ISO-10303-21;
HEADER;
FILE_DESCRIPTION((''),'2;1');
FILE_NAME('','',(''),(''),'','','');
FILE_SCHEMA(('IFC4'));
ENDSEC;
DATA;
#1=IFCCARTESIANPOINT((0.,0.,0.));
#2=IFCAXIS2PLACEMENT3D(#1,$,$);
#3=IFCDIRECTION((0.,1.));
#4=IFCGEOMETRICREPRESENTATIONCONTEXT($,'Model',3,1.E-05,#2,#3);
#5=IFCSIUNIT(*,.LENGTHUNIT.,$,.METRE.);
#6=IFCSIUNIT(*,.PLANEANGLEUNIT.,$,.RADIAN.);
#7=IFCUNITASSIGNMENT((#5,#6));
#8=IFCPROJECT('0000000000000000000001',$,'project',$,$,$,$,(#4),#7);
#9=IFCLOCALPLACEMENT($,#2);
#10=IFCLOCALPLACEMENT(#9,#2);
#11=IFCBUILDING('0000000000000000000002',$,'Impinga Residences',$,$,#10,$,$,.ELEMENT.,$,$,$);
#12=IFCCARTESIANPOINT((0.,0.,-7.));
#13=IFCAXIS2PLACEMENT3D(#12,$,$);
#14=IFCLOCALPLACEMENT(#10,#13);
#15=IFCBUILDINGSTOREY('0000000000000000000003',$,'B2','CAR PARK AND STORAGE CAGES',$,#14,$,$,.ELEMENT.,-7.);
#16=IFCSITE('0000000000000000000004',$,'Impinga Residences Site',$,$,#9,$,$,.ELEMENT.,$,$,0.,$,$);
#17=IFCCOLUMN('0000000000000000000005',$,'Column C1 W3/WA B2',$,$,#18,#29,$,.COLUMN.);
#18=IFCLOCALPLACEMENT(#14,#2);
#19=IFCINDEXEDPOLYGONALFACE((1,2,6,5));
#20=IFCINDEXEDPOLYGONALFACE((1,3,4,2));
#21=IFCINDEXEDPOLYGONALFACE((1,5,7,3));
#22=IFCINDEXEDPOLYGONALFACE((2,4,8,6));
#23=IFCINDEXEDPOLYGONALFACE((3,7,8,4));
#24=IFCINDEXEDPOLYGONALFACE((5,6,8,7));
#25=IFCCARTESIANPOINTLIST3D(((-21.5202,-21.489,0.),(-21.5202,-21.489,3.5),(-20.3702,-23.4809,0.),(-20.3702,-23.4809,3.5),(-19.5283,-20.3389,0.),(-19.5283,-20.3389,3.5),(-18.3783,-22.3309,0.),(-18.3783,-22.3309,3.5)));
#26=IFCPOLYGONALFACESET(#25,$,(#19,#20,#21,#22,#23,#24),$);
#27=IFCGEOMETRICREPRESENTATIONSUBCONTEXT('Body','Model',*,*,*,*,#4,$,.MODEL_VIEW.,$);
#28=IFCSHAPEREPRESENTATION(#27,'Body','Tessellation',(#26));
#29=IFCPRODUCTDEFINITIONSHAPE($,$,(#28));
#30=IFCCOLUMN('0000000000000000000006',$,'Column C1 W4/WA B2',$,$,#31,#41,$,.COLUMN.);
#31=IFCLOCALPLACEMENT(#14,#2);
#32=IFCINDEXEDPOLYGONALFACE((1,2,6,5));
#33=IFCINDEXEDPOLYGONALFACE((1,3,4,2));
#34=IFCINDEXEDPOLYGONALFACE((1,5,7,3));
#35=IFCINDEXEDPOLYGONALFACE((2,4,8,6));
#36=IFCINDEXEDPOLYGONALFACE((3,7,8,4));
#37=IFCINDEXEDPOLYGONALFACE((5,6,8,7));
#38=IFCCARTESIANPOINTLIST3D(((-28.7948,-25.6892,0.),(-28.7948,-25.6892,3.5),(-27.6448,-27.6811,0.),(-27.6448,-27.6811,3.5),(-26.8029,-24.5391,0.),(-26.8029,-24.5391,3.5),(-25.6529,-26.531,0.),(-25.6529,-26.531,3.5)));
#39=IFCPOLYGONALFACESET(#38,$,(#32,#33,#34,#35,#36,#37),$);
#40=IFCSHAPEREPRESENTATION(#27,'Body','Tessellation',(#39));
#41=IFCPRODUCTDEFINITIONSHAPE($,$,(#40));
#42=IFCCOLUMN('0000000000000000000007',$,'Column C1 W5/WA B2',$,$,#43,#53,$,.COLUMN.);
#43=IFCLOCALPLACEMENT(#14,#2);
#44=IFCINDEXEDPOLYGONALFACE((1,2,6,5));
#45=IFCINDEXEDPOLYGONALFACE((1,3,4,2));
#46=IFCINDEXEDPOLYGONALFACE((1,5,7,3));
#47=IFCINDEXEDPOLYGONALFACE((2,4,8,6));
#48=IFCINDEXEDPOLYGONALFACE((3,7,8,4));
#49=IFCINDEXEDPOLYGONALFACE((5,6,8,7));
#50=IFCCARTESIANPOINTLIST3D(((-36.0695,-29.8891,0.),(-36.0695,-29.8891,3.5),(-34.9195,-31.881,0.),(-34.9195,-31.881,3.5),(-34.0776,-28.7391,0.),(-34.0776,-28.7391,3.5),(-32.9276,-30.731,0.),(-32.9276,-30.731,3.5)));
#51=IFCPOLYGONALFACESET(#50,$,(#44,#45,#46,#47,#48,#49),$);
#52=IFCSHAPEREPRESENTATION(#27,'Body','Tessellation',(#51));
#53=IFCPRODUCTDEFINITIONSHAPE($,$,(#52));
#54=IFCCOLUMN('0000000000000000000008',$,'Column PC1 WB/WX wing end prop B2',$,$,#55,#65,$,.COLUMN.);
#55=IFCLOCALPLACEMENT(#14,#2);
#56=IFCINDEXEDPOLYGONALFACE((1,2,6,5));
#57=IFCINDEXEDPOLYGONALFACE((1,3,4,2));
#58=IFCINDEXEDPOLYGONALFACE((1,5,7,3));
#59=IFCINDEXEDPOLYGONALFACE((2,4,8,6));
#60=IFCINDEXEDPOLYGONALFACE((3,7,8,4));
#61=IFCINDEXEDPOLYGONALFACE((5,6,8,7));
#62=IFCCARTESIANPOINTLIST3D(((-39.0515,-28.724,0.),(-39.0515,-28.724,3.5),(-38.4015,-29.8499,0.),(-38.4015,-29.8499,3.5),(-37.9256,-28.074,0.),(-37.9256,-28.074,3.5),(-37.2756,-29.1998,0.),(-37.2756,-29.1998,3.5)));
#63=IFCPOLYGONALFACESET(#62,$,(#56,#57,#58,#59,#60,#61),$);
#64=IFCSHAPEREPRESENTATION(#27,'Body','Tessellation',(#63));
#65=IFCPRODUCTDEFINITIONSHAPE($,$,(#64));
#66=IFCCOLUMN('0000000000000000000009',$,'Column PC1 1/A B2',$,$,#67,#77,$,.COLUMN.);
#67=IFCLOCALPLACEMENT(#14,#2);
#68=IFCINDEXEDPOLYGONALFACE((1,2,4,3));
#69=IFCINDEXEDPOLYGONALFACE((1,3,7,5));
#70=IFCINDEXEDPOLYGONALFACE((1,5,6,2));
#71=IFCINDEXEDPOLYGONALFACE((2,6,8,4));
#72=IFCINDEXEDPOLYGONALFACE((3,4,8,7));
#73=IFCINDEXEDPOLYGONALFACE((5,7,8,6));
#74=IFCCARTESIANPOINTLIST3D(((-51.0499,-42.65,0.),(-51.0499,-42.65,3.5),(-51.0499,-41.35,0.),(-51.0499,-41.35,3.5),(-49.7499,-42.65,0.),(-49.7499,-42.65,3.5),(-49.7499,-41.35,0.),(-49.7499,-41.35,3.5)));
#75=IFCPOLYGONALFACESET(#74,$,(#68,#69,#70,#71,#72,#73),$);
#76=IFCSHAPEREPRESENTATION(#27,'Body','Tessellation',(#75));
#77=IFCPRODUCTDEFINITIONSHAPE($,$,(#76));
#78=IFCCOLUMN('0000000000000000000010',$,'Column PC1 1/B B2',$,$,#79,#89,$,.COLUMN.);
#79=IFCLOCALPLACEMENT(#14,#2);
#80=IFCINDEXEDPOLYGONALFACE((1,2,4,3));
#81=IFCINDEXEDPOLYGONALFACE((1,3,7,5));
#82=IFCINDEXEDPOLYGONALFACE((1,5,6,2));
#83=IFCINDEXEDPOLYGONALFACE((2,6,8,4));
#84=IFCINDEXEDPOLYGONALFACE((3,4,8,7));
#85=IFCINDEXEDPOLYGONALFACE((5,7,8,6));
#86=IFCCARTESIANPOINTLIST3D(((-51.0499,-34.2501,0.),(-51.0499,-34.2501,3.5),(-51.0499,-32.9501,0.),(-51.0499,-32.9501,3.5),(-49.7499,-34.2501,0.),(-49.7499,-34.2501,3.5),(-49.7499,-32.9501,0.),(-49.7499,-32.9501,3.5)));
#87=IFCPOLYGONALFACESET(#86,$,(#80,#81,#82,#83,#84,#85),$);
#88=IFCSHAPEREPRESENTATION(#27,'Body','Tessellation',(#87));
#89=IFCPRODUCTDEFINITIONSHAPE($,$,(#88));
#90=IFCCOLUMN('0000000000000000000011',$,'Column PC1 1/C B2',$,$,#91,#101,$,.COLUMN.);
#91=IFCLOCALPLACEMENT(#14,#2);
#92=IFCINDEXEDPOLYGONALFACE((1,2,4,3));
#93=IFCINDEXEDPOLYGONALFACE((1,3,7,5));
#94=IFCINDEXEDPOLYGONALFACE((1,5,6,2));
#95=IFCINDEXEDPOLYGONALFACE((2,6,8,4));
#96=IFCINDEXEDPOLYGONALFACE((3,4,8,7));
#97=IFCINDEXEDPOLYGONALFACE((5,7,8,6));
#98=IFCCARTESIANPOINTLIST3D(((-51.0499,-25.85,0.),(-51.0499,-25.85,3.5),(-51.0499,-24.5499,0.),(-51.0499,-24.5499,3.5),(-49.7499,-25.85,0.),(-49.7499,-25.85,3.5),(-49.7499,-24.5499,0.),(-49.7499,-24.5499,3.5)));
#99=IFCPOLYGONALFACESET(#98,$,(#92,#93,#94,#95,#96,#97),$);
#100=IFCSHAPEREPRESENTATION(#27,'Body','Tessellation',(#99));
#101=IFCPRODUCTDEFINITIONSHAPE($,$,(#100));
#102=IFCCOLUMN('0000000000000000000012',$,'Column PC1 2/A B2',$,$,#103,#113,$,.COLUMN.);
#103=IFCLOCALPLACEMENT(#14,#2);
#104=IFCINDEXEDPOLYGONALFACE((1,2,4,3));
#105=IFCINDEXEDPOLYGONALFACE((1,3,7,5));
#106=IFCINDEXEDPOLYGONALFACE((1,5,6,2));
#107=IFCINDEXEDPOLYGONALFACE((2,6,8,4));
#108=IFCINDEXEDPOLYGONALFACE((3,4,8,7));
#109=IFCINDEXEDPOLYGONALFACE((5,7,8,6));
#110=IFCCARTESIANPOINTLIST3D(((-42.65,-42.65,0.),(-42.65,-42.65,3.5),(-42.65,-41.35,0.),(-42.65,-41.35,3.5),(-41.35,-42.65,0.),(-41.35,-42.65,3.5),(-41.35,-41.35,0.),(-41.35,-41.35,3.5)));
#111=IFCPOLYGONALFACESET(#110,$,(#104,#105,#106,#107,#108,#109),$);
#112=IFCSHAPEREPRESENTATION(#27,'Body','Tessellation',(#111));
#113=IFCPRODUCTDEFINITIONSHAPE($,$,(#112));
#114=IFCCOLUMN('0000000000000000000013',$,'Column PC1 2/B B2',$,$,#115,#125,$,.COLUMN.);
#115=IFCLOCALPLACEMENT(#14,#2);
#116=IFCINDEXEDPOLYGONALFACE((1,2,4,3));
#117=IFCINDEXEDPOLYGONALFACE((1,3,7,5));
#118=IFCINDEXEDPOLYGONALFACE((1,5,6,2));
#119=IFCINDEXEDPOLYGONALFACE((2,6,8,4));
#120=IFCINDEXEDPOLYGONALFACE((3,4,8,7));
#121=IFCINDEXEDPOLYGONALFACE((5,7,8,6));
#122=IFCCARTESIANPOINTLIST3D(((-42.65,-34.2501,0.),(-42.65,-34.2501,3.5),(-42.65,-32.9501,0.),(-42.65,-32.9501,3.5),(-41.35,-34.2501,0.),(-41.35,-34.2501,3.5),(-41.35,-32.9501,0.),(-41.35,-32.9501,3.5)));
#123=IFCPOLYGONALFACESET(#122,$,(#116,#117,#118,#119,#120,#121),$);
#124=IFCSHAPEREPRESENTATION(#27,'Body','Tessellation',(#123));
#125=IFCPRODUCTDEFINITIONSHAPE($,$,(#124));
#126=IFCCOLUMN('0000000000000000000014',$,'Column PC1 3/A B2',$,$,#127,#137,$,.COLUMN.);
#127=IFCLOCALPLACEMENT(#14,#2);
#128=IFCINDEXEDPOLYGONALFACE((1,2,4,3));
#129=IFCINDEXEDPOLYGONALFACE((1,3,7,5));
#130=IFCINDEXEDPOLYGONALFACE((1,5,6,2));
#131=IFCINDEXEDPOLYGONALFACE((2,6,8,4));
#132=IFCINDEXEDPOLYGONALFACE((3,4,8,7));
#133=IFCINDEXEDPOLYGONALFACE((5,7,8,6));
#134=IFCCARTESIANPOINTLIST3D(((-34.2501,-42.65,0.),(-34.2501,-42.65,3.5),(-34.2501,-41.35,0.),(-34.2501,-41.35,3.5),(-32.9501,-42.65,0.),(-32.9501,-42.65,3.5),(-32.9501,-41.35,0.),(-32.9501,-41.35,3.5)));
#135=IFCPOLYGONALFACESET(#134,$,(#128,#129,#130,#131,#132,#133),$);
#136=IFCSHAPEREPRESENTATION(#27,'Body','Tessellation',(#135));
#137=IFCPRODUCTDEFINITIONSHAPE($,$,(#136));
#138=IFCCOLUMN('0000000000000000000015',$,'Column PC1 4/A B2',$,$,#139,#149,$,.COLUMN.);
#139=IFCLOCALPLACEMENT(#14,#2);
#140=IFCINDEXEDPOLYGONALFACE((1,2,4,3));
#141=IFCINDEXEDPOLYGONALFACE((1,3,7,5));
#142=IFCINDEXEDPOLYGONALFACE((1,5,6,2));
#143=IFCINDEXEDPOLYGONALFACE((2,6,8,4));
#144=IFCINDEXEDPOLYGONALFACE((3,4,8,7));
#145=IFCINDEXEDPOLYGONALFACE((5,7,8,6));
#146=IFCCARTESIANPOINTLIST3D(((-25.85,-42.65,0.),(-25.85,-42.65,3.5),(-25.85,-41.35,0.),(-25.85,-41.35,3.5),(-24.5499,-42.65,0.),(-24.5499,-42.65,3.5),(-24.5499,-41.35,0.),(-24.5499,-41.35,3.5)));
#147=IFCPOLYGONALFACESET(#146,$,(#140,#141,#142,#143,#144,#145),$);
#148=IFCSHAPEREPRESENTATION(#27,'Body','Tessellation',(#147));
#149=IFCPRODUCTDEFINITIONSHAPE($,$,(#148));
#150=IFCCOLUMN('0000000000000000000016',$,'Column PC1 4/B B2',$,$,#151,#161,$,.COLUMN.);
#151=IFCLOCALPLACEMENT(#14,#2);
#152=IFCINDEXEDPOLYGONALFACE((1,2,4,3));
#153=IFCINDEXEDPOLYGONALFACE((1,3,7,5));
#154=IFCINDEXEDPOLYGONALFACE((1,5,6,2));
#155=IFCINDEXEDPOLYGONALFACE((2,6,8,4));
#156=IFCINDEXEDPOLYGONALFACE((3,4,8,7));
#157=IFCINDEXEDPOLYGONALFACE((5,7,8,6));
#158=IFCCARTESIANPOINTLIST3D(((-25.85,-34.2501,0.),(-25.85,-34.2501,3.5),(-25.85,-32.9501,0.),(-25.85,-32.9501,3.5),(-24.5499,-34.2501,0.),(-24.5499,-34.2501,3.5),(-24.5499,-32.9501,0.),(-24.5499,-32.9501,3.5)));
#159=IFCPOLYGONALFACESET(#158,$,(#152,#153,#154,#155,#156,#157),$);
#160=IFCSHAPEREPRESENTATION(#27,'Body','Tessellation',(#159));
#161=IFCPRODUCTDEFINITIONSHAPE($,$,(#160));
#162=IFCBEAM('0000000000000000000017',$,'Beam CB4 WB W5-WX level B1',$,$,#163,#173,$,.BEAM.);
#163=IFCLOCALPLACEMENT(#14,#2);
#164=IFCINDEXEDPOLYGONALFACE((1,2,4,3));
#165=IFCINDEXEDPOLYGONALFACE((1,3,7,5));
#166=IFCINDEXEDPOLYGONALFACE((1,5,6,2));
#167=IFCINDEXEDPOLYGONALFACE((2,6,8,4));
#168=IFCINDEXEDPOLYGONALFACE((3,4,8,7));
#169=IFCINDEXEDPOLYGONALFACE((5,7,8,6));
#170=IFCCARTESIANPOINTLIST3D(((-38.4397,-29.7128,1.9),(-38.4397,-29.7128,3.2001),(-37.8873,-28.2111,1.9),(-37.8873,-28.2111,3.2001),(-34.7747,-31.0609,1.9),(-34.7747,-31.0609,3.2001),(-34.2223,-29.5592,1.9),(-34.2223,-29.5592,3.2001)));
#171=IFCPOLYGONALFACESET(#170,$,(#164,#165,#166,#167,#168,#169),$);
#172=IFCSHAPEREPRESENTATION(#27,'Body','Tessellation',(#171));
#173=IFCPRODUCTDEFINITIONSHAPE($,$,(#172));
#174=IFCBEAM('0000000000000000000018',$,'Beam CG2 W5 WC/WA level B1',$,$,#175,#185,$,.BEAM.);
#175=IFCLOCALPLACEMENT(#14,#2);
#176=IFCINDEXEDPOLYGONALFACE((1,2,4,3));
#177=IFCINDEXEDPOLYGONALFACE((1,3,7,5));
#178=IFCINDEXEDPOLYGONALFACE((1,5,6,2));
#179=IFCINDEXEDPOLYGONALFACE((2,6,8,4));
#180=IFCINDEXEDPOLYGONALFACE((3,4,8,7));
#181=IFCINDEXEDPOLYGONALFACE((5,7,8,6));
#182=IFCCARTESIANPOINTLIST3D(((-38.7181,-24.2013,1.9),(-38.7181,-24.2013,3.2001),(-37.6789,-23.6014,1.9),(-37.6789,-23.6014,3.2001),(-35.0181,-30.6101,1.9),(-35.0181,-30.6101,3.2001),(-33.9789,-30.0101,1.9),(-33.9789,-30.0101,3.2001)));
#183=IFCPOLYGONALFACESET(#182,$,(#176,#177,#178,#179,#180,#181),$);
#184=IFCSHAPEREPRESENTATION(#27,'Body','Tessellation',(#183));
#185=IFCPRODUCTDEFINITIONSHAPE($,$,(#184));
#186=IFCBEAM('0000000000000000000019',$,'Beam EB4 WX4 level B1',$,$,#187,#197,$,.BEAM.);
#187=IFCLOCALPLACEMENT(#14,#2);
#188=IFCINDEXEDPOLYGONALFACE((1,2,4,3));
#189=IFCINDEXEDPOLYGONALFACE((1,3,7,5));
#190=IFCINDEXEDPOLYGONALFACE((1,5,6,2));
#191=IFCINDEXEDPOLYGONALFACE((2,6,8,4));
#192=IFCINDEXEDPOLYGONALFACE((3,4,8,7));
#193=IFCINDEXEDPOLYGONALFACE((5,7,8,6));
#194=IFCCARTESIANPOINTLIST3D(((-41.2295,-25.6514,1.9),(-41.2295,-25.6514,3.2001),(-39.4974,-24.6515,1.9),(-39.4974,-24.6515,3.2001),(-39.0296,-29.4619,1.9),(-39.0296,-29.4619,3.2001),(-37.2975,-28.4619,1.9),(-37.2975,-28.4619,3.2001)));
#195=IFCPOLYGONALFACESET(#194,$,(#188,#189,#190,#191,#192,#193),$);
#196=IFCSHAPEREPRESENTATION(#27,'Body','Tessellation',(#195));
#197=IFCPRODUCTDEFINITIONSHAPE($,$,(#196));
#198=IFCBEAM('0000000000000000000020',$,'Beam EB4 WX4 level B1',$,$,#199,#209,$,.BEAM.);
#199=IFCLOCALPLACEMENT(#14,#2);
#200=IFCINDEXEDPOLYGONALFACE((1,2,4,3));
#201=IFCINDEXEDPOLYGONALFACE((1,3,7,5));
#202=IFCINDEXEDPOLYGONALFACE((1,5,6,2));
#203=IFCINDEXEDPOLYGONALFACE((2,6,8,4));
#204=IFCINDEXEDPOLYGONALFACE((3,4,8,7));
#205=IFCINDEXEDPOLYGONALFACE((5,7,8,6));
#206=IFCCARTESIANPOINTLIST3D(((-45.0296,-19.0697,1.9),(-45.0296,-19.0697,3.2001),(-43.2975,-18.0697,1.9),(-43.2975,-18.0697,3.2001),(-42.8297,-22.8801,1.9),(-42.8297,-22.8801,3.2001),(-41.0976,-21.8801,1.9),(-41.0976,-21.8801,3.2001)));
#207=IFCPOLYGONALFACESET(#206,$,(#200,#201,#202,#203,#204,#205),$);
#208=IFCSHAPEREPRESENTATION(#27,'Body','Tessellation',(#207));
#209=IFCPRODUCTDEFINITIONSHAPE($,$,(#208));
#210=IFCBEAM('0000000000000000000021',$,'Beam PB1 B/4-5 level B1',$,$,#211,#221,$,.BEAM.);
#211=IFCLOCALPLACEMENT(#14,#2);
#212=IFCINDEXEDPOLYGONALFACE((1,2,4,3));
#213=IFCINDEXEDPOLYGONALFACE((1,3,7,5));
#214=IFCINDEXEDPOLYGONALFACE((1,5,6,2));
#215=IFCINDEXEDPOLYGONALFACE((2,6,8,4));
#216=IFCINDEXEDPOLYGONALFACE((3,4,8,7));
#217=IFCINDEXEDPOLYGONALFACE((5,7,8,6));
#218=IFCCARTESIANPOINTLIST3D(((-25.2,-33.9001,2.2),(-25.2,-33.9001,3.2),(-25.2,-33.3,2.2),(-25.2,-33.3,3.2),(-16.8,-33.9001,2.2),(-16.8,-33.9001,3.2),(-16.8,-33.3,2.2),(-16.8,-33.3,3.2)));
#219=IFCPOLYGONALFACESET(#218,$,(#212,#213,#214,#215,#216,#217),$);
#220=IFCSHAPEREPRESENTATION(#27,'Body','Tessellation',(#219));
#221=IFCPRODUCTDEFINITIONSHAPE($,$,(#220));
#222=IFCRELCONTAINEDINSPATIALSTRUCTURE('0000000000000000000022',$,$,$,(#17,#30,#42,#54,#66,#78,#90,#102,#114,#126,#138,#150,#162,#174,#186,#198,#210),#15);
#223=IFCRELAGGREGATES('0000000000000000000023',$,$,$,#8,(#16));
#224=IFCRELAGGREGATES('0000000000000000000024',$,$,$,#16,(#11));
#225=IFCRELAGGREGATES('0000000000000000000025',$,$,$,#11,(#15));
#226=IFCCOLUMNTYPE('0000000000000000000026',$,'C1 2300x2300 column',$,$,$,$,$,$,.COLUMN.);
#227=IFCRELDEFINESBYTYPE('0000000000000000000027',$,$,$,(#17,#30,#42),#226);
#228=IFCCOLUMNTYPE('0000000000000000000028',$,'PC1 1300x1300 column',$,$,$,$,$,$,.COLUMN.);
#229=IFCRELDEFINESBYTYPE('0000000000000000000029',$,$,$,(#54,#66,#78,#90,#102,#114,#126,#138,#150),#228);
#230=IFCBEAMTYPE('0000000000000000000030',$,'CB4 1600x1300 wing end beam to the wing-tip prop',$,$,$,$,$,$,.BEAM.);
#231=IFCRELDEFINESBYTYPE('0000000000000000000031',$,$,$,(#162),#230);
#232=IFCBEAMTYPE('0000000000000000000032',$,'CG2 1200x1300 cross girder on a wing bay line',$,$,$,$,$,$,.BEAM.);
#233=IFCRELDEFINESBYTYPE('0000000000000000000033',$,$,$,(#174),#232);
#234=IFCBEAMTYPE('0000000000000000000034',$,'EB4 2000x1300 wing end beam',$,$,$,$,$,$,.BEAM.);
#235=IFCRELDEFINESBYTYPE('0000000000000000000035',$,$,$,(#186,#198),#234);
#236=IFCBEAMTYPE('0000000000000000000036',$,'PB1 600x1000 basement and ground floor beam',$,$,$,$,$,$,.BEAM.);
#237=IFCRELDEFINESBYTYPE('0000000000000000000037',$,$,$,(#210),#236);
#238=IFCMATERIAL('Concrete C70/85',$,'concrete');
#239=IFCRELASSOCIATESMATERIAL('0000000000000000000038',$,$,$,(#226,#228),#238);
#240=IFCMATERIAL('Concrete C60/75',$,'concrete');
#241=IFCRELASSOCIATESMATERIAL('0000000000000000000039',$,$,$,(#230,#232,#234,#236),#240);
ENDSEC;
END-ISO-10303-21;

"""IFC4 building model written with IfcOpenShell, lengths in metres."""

from ifc_helpers import new_model, si_unit, direction, frame, origin, origin_2d, place, context, subcontext, project, spatial, rectangle, extrude, material, material_profile, profile_set, type_object, element, save


model = new_model("IFC4")

# Units and contexts
model_context = context("Model", 3, precision=1e-05, world=origin(), true_north=direction((0.0, 1.0)))
body_context = subcontext(model_context, "Body", "Model", "MODEL_VIEW")
ifc_project = project(units=[si_unit("LENGTHUNIT", "METRE"), si_unit("PLANEANGLEUNIT", "RADIAN")], contexts=[model_context])

# Site, building, storey
site_placement = place(None, origin())
site = spatial("IfcSite", under=ifc_project, at=site_placement, Name="Impinga Residences Site", CompositionType="ELEMENT", RefElevation=0.0)
building_placement = place(site_placement, origin())
building = spatial("IfcBuilding", under=site, at=building_placement, Name="Impinga Residences", CompositionType="ELEMENT")
storey_placement = place(building_placement, frame((0.0, 0.0, -7.0)))
storey = spatial("IfcBuildingStorey", under=building, at=storey_placement, Name="B2", Description="CAR PARK AND STORAGE CAGES", CompositionType="ELEMENT", Elevation=-7.0)

# Columns
ifc_material_1 = material(Name="Concrete C70/85", Category="concrete")
ifc_material_profile_1 = material_profile(ifc_material_1, rectangle(XDim=2.3, YDim=2.3, at=origin_2d()), Name="RC 2300x2300")
ifc_profile_set_1 = profile_set([ifc_material_profile_1], Name="Concrete C70/85")
column_type_1 = type_object("IfcColumnType", Name="C1 2300x2300 column", PredefinedType="COLUMN", material=ifc_profile_set_1)
for number, where, z_axis, x_axis, name in (
    (1, (-19.9492, -21.9099, 0.0), (0.0, 0.0, 1.0), (-0.5, 0.866025, 0.0), "Column C1 W3/WA B2"),
    (2, (-27.2239, -26.1101, 0.0), (0.0, 0.0, 1.0), (-0.5, 0.866025, 0.0), "Column C1 W4/WA B2"),
    (3, (-34.4985, -30.3101, 0.0), (0.0, 0.0, 1.0), (-0.5, 0.866025, 0.0), "Column C1 W5/WA B2"),
):
    element("IfcColumn", number, at=place(storey_placement, frame(where, z_axis=z_axis, x_axis=x_axis)), inside=storey, type_object=column_type_1, Name=name, PredefinedType="COLUMN", context=body_context, shape_type="SweptSolid", body=[
        extrude(rectangle(XDim=2.3, YDim=2.3, at=origin_2d()), origin(), (0.0, 0.0, 1.0), 3.5),
    ])
ifc_material_profile_2 = material_profile(ifc_material_1, rectangle(XDim=1.3, YDim=1.3, at=origin_2d()), Name="RC 1300x1300")
ifc_profile_set_2 = profile_set([ifc_material_profile_2], Name="Concrete C70/85")
column_type_2 = type_object("IfcColumnType", Name="PC1 1300x1300 column", PredefinedType="COLUMN", material=ifc_profile_set_2)
for number, where, z_axis, x_axis, name in (
    (4, (-38.1636, -28.9619, 0.0), (0.0, 0.0, 1.0), (-0.5, 0.866025, 0.0), "Column PC1 WB/WX wing end prop B2"),
    (5, (-50.3999, -42.0, 0.0), (0.0, 0.0, 1.0), (1.0, 0.0, 0.0), "Column PC1 1/A B2"),
    (6, (-50.3999, -33.6001, 0.0), (0.0, 0.0, 1.0), (1.0, 0.0, 0.0), "Column PC1 1/B B2"),
    (7, (-50.3999, -25.2, 0.0), (0.0, 0.0, 1.0), (1.0, 0.0, 0.0), "Column PC1 1/C B2"),
    (8, (-42.0, -42.0, 0.0), (0.0, 0.0, 1.0), (1.0, 0.0, 0.0), "Column PC1 2/A B2"),
    (9, (-42.0, -33.6001, 0.0), (0.0, 0.0, 1.0), (1.0, 0.0, 0.0), "Column PC1 2/B B2"),
    (10, (-33.6001, -42.0, 0.0), (0.0, 0.0, 1.0), (1.0, 0.0, 0.0), "Column PC1 3/A B2"),
    (11, (-25.2, -42.0, 0.0), (0.0, 0.0, 1.0), (1.0, 0.0, 0.0), "Column PC1 4/A B2"),
    (12, (-25.2, -33.6001, 0.0), (0.0, 0.0, 1.0), (1.0, 0.0, 0.0), "Column PC1 4/B B2"),
):
    element("IfcColumn", number, at=place(storey_placement, frame(where, z_axis=z_axis, x_axis=x_axis)), inside=storey, type_object=column_type_2, Name=name, PredefinedType="COLUMN", context=body_context, shape_type="SweptSolid", body=[
        extrude(rectangle(XDim=1.3, YDim=1.3, at=origin_2d()), origin(), (0.0, 0.0, 1.0), 3.5),
    ])

# Beams
ifc_material_2 = material(Name="Concrete C60/75", Category="concrete")
ifc_material_profile_3 = material_profile(ifc_material_2, rectangle(XDim=1.6001, YDim=1.3, at=origin_2d()), Name="RC 1600x1300")
ifc_profile_set_3 = profile_set([ifc_material_profile_3], Name="Concrete C60/75")
beam_type_1 = type_object("IfcBeamType", Name="CB4 1600x1300 wing end beam to the wing-tip prop", PredefinedType="BEAM", material=ifc_profile_set_3)
beam_1_placement = place(storey_placement, frame((-34.4985, -30.3101, 2.55), z_axis=(-0.93852, 0.345224, 0.0), x_axis=(-0.345224, -0.93852, 0.0)))
element("IfcBeam", 13, at=beam_1_placement, inside=storey, type_object=beam_type_1, Name="Beam CB4 WB W5-WX level B1", PredefinedType="BEAM", context=body_context, shape_type="SweptSolid", body=[
    extrude(rectangle(XDim=1.6001, YDim=1.3, at=origin_2d()), origin(), (0.0, 0.0, 1.0), 3.905),
])
ifc_material_profile_4 = material_profile(ifc_material_2, rectangle(XDim=1.2, YDim=1.3, at=origin_2d()), Name="RC 1200x1300")
ifc_profile_set_4 = profile_set([ifc_material_profile_4], Name="Concrete C60/75")
beam_type_2 = type_object("IfcBeamType", Name="CG2 1200x1300 cross girder on a wing bay line", PredefinedType="BEAM", material=ifc_profile_set_4)
beam_2_placement = place(storey_placement, frame((-38.1985, -23.9014, 2.55), z_axis=(0.499989, -0.866032, 0.0), x_axis=(0.866032, 0.499989, 0.0)))
element("IfcBeam", 14, at=beam_2_placement, inside=storey, type_object=beam_type_2, Name="Beam CG2 W5 WC/WA level B1", PredefinedType="BEAM", context=body_context, shape_type="SweptSolid", body=[
    extrude(rectangle(XDim=1.2, YDim=1.3, at=origin_2d()), origin(), (0.0, 0.0, 1.0), 7.4001),
])
ifc_material_profile_5 = material_profile(ifc_material_2, rectangle(XDim=2.0, YDim=1.3, at=origin_2d()), Name="RC 2000x1300")
ifc_profile_set_5 = profile_set([ifc_material_profile_5], Name="Concrete C60/75")
beam_type_3 = type_object("IfcBeamType", Name="EB4 2000x1300 wing end beam", PredefinedType="BEAM", material=ifc_profile_set_5)
for number, where, z_axis, x_axis, name in (
    (15, (-38.1636, -28.9619, 2.55), (-0.499988, 0.866032, 0.0), (-0.866032, -0.499988, 0.0), "Beam EB4 WX4 level B1"),
    (16, (-41.9636, -22.3801, 2.55), (-0.499988, 0.866032, 0.0), (-0.866032, -0.499988, 0.0), "Beam EB4 WX4 level B1"),
):
    element("IfcBeam", number, at=place(storey_placement, frame(where, z_axis=z_axis, x_axis=x_axis)), inside=storey, type_object=beam_type_3, Name=name, PredefinedType="BEAM", context=body_context, shape_type="SweptSolid", body=[
        extrude(rectangle(XDim=2.0, YDim=1.3, at=origin_2d()), origin(), (0.0, 0.0, 1.0), 4.3999),
    ])
ifc_material_profile_6 = material_profile(ifc_material_2, rectangle(XDim=0.6001, YDim=1.0, at=origin_2d()), Name="RC 600x1000")
ifc_profile_set_6 = profile_set([ifc_material_profile_6], Name="Concrete C60/75")
beam_type_4 = type_object("IfcBeamType", Name="PB1 600x1000 basement and ground floor beam", PredefinedType="BEAM", material=ifc_profile_set_6)
beam_3_placement = place(storey_placement, frame((-25.2, -33.6001, 2.7), z_axis=(1.0, 0.0, 0.0), x_axis=(0.0, 1.0, 0.0)))
element("IfcBeam", 17, at=beam_3_placement, inside=storey, type_object=beam_type_4, Name="Beam PB1 B/4-5 level B1", PredefinedType="BEAM", context=body_context, shape_type="SweptSolid", body=[
    extrude(rectangle(XDim=0.6001, YDim=1.0, at=origin_2d()), origin(), (0.0, 0.0, 1.0), 8.3999),
])

save(model, "model.ifc")
